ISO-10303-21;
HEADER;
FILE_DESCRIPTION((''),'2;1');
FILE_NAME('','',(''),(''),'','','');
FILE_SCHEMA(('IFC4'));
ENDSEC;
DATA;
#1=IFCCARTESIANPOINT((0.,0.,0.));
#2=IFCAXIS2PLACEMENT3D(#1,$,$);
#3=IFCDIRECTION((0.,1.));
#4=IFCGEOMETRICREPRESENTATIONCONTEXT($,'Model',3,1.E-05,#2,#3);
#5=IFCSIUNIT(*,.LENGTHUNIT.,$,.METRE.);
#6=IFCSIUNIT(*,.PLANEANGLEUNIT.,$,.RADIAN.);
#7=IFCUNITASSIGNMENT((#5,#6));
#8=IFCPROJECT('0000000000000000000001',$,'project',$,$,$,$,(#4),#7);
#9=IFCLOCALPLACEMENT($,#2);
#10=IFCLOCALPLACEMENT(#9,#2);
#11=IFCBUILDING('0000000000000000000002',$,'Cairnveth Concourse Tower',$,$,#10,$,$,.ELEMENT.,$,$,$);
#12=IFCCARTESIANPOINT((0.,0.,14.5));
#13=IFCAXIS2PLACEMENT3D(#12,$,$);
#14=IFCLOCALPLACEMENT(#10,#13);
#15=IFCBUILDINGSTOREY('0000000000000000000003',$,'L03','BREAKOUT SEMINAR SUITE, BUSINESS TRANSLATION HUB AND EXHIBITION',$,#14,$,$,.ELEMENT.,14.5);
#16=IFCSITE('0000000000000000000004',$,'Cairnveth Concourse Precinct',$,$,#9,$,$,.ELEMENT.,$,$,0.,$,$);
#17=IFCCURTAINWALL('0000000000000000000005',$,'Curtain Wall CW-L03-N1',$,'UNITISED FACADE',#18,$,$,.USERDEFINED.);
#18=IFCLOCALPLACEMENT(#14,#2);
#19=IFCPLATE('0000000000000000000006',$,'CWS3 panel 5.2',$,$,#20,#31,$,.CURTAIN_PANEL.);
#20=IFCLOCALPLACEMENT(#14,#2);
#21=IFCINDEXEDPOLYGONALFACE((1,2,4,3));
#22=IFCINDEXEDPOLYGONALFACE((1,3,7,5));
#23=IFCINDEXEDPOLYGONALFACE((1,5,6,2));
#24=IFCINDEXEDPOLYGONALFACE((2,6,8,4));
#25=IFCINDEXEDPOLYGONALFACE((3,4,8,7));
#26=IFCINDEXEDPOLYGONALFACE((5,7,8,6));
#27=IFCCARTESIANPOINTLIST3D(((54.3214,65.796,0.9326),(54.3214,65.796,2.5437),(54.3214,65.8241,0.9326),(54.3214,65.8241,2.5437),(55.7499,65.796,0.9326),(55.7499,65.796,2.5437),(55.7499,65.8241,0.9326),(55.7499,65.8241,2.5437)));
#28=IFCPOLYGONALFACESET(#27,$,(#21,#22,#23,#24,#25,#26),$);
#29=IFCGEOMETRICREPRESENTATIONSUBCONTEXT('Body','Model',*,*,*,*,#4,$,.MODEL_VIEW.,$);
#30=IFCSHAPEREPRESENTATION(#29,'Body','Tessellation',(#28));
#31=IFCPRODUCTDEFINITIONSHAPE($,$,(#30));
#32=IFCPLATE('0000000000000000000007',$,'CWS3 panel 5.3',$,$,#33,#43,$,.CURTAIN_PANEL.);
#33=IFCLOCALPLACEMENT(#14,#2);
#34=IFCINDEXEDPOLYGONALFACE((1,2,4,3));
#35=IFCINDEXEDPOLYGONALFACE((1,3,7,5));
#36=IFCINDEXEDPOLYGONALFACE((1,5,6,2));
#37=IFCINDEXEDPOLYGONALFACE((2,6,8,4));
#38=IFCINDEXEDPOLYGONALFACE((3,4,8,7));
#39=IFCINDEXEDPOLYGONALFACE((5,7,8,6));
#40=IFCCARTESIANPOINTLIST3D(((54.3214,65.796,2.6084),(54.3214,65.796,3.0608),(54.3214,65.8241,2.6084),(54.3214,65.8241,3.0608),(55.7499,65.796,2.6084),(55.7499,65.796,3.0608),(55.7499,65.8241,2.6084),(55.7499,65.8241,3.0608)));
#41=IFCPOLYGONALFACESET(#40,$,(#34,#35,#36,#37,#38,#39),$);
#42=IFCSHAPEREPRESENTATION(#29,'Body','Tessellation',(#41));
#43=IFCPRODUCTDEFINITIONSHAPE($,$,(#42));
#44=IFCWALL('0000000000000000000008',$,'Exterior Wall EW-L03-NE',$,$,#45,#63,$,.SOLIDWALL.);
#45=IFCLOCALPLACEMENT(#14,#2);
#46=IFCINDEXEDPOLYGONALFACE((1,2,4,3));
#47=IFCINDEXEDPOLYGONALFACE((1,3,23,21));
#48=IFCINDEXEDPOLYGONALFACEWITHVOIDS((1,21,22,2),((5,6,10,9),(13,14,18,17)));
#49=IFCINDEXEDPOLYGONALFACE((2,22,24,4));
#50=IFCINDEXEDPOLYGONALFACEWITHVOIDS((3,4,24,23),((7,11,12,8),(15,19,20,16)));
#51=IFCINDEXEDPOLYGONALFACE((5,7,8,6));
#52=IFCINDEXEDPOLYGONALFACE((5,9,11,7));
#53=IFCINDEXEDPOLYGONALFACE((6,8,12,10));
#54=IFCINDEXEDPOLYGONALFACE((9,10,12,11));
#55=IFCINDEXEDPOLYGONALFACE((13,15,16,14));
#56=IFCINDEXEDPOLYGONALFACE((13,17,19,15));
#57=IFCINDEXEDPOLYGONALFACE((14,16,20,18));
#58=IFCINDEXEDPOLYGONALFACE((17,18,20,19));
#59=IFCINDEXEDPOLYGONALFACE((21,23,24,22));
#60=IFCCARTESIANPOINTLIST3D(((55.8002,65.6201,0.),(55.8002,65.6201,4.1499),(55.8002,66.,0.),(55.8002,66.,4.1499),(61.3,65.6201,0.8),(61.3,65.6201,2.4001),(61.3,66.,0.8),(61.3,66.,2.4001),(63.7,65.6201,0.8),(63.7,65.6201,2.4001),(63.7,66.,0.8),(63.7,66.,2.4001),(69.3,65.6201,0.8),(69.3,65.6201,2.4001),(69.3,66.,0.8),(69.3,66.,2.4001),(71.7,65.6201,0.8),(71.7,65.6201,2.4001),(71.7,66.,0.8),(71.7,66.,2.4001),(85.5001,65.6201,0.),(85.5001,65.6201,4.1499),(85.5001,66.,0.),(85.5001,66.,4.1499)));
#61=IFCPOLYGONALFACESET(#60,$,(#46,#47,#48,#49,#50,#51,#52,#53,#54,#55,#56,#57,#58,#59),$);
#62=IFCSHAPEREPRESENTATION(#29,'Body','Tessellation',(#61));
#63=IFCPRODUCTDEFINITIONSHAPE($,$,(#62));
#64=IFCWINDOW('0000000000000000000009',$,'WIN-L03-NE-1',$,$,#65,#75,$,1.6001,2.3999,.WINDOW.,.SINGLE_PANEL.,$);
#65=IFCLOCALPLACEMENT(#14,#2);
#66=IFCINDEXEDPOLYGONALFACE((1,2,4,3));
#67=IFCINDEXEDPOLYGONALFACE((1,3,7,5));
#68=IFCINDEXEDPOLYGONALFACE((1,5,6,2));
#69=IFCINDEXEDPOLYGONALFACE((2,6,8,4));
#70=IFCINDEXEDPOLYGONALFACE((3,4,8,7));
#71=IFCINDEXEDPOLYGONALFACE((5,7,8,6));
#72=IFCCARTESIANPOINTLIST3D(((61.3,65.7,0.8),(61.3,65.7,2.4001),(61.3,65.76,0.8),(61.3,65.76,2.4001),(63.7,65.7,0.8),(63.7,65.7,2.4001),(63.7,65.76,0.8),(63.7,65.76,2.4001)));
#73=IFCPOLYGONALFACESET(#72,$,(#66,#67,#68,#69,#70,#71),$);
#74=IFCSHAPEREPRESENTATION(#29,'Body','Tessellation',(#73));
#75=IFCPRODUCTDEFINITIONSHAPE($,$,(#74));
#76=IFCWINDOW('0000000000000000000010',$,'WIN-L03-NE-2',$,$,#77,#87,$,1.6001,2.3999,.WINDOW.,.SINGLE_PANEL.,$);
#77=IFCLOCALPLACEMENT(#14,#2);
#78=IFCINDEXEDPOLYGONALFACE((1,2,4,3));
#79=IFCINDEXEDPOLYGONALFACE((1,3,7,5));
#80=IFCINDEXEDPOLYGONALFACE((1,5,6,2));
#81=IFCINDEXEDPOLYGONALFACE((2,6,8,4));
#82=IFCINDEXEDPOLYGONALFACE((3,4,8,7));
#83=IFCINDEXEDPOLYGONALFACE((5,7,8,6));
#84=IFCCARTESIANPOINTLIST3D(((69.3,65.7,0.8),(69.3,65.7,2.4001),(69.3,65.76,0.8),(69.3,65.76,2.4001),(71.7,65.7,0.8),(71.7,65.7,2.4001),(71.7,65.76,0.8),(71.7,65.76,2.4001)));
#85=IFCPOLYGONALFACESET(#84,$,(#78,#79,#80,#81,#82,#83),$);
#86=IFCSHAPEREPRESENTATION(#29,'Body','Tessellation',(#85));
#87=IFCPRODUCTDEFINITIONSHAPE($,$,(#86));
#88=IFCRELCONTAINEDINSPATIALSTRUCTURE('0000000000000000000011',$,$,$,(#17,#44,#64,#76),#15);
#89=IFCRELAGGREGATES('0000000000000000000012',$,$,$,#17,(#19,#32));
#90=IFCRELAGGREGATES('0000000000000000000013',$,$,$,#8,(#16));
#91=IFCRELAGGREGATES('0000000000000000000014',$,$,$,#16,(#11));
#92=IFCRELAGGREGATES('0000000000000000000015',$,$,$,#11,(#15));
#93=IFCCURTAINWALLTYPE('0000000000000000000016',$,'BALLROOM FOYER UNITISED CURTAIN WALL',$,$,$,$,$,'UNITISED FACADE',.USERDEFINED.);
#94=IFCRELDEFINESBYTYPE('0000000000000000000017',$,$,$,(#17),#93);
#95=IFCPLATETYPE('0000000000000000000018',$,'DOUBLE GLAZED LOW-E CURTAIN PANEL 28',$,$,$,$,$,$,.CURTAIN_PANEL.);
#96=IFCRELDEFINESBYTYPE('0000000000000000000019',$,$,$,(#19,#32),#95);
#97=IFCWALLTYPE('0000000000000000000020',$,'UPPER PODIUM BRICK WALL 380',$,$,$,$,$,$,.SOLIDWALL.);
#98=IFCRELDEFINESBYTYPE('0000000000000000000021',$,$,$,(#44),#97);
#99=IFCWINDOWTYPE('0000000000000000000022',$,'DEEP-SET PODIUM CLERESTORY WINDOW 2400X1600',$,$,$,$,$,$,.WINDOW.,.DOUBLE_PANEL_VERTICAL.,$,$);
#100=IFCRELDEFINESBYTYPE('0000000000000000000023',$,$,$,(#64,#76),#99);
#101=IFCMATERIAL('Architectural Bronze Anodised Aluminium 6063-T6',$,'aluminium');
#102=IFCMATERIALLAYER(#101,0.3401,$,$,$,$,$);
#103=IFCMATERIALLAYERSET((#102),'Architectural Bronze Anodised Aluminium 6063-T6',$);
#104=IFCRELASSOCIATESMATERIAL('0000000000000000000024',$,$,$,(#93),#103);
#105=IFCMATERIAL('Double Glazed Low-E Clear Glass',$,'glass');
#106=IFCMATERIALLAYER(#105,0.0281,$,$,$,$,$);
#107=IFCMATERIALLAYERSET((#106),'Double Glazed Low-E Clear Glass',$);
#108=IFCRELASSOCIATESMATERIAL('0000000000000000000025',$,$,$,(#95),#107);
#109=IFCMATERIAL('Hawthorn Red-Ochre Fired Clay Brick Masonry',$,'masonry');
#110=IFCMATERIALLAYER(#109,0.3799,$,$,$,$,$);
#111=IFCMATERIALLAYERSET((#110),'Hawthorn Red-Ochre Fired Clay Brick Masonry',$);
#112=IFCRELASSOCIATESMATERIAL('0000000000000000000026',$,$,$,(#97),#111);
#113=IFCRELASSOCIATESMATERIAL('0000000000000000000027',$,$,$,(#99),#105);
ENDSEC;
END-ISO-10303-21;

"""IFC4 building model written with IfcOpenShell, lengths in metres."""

from ifc_helpers import new_model, si_unit, direction, frame, frame_2d, origin, origin_2d, place, context, subcontext, project, spatial, rectangle, extrude, material, layer, layer_set, type_object, element, fill, aggregate, save


model = new_model("IFC4")

# Units and contexts
model_context = context("Model", 3, precision=1e-05, world=origin(), true_north=direction((0.0, 1.0)))
body_context = subcontext(model_context, "Body", "Model", "MODEL_VIEW")
ifc_project = project(units=[si_unit("LENGTHUNIT", "METRE"), si_unit("PLANEANGLEUNIT", "RADIAN")], contexts=[model_context])

# Site, building, storey
site_placement = place(None, origin())
site = spatial("IfcSite", under=ifc_project, at=site_placement, Name="Cairnveth Concourse Precinct", CompositionType="ELEMENT", RefElevation=0.0)
building_placement = place(site_placement, origin())
building = spatial("IfcBuilding", under=site, at=building_placement, Name="Cairnveth Concourse Tower", CompositionType="ELEMENT")
storey_placement = place(building_placement, frame((0.0, 0.0, 14.5)))
storey = spatial("IfcBuildingStorey", under=building, at=storey_placement, Name="L03", Description="BREAKOUT SEMINAR SUITE, BUSINESS TRANSLATION HUB AND EXHIBITION", CompositionType="ELEMENT", Elevation=14.5)

# Curtain wall, plates
ifc_material_1 = material(Name="Architectural Bronze Anodised Aluminium 6063-T6", Category="aluminium")
ifc_layer_1 = layer(ifc_material_1, 0.3401)
ifc_layer_set_1 = layer_set([ifc_layer_1], Name="Architectural Bronze Anodised Aluminium 6063-T6")
curtain_wall_type = type_object("IfcCurtainWallType", Name="BALLROOM FOYER UNITISED CURTAIN WALL", ElementType="UNITISED FACADE", PredefinedType="USERDEFINED", material=ifc_layer_set_1)
curtain_wall_placement = place(storey_placement, origin())
curtain_wall = element("IfcCurtainWall", 1, at=curtain_wall_placement, inside=storey, type_object=curtain_wall_type, Name="Curtain Wall CW-L03-N1", ObjectType="UNITISED FACADE", PredefinedType="USERDEFINED")
ifc_material_2 = material(Name="Double Glazed Low-E Clear Glass", Category="glass")
ifc_layer_2 = layer(ifc_material_2, 0.0281)
ifc_layer_set_2 = layer_set([ifc_layer_2], Name="Double Glazed Low-E Clear Glass")
plate_type = type_object("IfcPlateType", Name="DOUBLE GLAZED LOW-E CURTAIN PANEL 28", PredefinedType="CURTAIN_PANEL", material=ifc_layer_set_2)
plate_1_placement = place(storey_placement, frame((55.0356, 65.8101, 0.9326), z_axis=(0.0, 0.0, 1.0), x_axis=(1.0, 0.0, 0.0)))
plate_1 = element("IfcPlate", 2, at=plate_1_placement, type_object=plate_type, Name="CWS3 panel 5.2", PredefinedType="CURTAIN_PANEL", context=body_context, shape_type="SweptSolid", body=[
    extrude(rectangle(XDim=1.4285, YDim=0.0281, at=origin_2d()), origin(), (0.0, 0.0, 1.0), 1.6111),
])
plate_2_placement = place(storey_placement, frame((55.0356, 65.8101, 2.6084), z_axis=(0.0, 0.0, 1.0), x_axis=(1.0, 0.0, 0.0)))
plate_2 = element("IfcPlate", 3, at=plate_2_placement, type_object=plate_type, Name="CWS3 panel 5.3", PredefinedType="CURTAIN_PANEL", context=body_context, shape_type="SweptSolid", body=[
    extrude(rectangle(XDim=1.4285, YDim=0.0281, at=origin_2d()), origin(), (0.0, 0.0, 1.0), 0.4524),
])
aggregate(curtain_wall, [plate_1, plate_2])

# Wall, openings, windows
ifc_material_3 = material(Name="Hawthorn Red-Ochre Fired Clay Brick Masonry", Category="masonry")
ifc_layer_3 = layer(ifc_material_3, 0.3799)
ifc_layer_set_3 = layer_set([ifc_layer_3], Name="Hawthorn Red-Ochre Fired Clay Brick Masonry")
wall_type = type_object("IfcWallType", Name="UPPER PODIUM BRICK WALL 380", PredefinedType="SOLIDWALL", material=ifc_layer_set_3)
wall_placement = place(storey_placement, frame((55.8, 65.8101, 0.0), z_axis=(0.0, 0.0, 1.0), x_axis=(1.0, 0.0, 0.0)))
wall = element("IfcWall", 4, at=wall_placement, inside=storey, type_object=wall_type, Name="Exterior Wall EW-L03-NE", PredefinedType="SOLIDWALL", context=body_context, shape_type="SweptSolid", body=[
    extrude(rectangle(XDim=29.7, YDim=0.3799, at=frame_2d((14.8501, 0.0))), origin(), (0.0, 0.0, 1.0), 4.1499),
])
opening_1_placement = place(wall_placement, frame((5.5, 0.0, 0.8)))
opening_1 = element("IfcOpeningElement", 5, at=opening_1_placement, cuts=wall, PredefinedType="OPENING", context=body_context, shape_type="SweptSolid", body=[
    extrude(rectangle(XDim=2.3999, YDim=1.6001, at=frame_2d((1.2, 0.8))), frame((0.0, 0.2, 0.0), z_axis=(0.0, -1.0, 0.0), x_axis=(1.0, 0.0, 0.0)), (0.0, 0.0, 1.0), 0.3999),
])
opening_2_placement = place(wall_placement, frame((13.5, 0.0, 0.8)))
opening_2 = element("IfcOpeningElement", 6, at=opening_2_placement, cuts=wall, PredefinedType="OPENING", context=body_context, shape_type="SweptSolid", body=[
    extrude(rectangle(XDim=2.3999, YDim=1.6001, at=frame_2d((1.2, 0.8))), frame((0.0, 0.2, 0.0), z_axis=(0.0, -1.0, 0.0), x_axis=(1.0, 0.0, 0.0)), (0.0, 0.0, 1.0), 0.3999),
])
window_type = type_object("IfcWindowType", Name="DEEP-SET PODIUM CLERESTORY WINDOW 2400X1600", PartitioningType="DOUBLE_PANEL_VERTICAL", PredefinedType="WINDOW", material=ifc_material_2)
window_1_placement = place(opening_1_placement, origin())
window_1 = element("IfcWindow", 7, at=window_1_placement, inside=storey, type_object=window_type, Name="WIN-L03-NE-1", OverallHeight=1.6001, OverallWidth=2.3999, PartitioningType="SINGLE_PANEL", PredefinedType="WINDOW", context=body_context, shape_type="SweptSolid", body=[
    extrude(rectangle(XDim=2.3999, YDim=1.6001, at=frame_2d((1.2, 0.8))), frame((0.0, -0.05, 0.0), z_axis=(0.0, -1.0, 0.0), x_axis=(1.0, 0.0, 0.0)), (0.0, 0.0, 1.0), 0.0601),
])
fill(opening_1, window_1)
window_2_placement = place(opening_2_placement, origin())
window_2 = element("IfcWindow", 8, at=window_2_placement, inside=storey, type_object=window_type, Name="WIN-L03-NE-2", OverallHeight=1.6001, OverallWidth=2.3999, PartitioningType="SINGLE_PANEL", PredefinedType="WINDOW", context=body_context, shape_type="SweptSolid", body=[
    extrude(rectangle(XDim=2.3999, YDim=1.6001, at=frame_2d((1.2, 0.8))), frame((0.0, -0.05, 0.0), z_axis=(0.0, -1.0, 0.0), x_axis=(1.0, 0.0, 0.0)), (0.0, 0.0, 1.0), 0.0601),
])
fill(opening_2, window_2)

save(model, "model.ifc")
